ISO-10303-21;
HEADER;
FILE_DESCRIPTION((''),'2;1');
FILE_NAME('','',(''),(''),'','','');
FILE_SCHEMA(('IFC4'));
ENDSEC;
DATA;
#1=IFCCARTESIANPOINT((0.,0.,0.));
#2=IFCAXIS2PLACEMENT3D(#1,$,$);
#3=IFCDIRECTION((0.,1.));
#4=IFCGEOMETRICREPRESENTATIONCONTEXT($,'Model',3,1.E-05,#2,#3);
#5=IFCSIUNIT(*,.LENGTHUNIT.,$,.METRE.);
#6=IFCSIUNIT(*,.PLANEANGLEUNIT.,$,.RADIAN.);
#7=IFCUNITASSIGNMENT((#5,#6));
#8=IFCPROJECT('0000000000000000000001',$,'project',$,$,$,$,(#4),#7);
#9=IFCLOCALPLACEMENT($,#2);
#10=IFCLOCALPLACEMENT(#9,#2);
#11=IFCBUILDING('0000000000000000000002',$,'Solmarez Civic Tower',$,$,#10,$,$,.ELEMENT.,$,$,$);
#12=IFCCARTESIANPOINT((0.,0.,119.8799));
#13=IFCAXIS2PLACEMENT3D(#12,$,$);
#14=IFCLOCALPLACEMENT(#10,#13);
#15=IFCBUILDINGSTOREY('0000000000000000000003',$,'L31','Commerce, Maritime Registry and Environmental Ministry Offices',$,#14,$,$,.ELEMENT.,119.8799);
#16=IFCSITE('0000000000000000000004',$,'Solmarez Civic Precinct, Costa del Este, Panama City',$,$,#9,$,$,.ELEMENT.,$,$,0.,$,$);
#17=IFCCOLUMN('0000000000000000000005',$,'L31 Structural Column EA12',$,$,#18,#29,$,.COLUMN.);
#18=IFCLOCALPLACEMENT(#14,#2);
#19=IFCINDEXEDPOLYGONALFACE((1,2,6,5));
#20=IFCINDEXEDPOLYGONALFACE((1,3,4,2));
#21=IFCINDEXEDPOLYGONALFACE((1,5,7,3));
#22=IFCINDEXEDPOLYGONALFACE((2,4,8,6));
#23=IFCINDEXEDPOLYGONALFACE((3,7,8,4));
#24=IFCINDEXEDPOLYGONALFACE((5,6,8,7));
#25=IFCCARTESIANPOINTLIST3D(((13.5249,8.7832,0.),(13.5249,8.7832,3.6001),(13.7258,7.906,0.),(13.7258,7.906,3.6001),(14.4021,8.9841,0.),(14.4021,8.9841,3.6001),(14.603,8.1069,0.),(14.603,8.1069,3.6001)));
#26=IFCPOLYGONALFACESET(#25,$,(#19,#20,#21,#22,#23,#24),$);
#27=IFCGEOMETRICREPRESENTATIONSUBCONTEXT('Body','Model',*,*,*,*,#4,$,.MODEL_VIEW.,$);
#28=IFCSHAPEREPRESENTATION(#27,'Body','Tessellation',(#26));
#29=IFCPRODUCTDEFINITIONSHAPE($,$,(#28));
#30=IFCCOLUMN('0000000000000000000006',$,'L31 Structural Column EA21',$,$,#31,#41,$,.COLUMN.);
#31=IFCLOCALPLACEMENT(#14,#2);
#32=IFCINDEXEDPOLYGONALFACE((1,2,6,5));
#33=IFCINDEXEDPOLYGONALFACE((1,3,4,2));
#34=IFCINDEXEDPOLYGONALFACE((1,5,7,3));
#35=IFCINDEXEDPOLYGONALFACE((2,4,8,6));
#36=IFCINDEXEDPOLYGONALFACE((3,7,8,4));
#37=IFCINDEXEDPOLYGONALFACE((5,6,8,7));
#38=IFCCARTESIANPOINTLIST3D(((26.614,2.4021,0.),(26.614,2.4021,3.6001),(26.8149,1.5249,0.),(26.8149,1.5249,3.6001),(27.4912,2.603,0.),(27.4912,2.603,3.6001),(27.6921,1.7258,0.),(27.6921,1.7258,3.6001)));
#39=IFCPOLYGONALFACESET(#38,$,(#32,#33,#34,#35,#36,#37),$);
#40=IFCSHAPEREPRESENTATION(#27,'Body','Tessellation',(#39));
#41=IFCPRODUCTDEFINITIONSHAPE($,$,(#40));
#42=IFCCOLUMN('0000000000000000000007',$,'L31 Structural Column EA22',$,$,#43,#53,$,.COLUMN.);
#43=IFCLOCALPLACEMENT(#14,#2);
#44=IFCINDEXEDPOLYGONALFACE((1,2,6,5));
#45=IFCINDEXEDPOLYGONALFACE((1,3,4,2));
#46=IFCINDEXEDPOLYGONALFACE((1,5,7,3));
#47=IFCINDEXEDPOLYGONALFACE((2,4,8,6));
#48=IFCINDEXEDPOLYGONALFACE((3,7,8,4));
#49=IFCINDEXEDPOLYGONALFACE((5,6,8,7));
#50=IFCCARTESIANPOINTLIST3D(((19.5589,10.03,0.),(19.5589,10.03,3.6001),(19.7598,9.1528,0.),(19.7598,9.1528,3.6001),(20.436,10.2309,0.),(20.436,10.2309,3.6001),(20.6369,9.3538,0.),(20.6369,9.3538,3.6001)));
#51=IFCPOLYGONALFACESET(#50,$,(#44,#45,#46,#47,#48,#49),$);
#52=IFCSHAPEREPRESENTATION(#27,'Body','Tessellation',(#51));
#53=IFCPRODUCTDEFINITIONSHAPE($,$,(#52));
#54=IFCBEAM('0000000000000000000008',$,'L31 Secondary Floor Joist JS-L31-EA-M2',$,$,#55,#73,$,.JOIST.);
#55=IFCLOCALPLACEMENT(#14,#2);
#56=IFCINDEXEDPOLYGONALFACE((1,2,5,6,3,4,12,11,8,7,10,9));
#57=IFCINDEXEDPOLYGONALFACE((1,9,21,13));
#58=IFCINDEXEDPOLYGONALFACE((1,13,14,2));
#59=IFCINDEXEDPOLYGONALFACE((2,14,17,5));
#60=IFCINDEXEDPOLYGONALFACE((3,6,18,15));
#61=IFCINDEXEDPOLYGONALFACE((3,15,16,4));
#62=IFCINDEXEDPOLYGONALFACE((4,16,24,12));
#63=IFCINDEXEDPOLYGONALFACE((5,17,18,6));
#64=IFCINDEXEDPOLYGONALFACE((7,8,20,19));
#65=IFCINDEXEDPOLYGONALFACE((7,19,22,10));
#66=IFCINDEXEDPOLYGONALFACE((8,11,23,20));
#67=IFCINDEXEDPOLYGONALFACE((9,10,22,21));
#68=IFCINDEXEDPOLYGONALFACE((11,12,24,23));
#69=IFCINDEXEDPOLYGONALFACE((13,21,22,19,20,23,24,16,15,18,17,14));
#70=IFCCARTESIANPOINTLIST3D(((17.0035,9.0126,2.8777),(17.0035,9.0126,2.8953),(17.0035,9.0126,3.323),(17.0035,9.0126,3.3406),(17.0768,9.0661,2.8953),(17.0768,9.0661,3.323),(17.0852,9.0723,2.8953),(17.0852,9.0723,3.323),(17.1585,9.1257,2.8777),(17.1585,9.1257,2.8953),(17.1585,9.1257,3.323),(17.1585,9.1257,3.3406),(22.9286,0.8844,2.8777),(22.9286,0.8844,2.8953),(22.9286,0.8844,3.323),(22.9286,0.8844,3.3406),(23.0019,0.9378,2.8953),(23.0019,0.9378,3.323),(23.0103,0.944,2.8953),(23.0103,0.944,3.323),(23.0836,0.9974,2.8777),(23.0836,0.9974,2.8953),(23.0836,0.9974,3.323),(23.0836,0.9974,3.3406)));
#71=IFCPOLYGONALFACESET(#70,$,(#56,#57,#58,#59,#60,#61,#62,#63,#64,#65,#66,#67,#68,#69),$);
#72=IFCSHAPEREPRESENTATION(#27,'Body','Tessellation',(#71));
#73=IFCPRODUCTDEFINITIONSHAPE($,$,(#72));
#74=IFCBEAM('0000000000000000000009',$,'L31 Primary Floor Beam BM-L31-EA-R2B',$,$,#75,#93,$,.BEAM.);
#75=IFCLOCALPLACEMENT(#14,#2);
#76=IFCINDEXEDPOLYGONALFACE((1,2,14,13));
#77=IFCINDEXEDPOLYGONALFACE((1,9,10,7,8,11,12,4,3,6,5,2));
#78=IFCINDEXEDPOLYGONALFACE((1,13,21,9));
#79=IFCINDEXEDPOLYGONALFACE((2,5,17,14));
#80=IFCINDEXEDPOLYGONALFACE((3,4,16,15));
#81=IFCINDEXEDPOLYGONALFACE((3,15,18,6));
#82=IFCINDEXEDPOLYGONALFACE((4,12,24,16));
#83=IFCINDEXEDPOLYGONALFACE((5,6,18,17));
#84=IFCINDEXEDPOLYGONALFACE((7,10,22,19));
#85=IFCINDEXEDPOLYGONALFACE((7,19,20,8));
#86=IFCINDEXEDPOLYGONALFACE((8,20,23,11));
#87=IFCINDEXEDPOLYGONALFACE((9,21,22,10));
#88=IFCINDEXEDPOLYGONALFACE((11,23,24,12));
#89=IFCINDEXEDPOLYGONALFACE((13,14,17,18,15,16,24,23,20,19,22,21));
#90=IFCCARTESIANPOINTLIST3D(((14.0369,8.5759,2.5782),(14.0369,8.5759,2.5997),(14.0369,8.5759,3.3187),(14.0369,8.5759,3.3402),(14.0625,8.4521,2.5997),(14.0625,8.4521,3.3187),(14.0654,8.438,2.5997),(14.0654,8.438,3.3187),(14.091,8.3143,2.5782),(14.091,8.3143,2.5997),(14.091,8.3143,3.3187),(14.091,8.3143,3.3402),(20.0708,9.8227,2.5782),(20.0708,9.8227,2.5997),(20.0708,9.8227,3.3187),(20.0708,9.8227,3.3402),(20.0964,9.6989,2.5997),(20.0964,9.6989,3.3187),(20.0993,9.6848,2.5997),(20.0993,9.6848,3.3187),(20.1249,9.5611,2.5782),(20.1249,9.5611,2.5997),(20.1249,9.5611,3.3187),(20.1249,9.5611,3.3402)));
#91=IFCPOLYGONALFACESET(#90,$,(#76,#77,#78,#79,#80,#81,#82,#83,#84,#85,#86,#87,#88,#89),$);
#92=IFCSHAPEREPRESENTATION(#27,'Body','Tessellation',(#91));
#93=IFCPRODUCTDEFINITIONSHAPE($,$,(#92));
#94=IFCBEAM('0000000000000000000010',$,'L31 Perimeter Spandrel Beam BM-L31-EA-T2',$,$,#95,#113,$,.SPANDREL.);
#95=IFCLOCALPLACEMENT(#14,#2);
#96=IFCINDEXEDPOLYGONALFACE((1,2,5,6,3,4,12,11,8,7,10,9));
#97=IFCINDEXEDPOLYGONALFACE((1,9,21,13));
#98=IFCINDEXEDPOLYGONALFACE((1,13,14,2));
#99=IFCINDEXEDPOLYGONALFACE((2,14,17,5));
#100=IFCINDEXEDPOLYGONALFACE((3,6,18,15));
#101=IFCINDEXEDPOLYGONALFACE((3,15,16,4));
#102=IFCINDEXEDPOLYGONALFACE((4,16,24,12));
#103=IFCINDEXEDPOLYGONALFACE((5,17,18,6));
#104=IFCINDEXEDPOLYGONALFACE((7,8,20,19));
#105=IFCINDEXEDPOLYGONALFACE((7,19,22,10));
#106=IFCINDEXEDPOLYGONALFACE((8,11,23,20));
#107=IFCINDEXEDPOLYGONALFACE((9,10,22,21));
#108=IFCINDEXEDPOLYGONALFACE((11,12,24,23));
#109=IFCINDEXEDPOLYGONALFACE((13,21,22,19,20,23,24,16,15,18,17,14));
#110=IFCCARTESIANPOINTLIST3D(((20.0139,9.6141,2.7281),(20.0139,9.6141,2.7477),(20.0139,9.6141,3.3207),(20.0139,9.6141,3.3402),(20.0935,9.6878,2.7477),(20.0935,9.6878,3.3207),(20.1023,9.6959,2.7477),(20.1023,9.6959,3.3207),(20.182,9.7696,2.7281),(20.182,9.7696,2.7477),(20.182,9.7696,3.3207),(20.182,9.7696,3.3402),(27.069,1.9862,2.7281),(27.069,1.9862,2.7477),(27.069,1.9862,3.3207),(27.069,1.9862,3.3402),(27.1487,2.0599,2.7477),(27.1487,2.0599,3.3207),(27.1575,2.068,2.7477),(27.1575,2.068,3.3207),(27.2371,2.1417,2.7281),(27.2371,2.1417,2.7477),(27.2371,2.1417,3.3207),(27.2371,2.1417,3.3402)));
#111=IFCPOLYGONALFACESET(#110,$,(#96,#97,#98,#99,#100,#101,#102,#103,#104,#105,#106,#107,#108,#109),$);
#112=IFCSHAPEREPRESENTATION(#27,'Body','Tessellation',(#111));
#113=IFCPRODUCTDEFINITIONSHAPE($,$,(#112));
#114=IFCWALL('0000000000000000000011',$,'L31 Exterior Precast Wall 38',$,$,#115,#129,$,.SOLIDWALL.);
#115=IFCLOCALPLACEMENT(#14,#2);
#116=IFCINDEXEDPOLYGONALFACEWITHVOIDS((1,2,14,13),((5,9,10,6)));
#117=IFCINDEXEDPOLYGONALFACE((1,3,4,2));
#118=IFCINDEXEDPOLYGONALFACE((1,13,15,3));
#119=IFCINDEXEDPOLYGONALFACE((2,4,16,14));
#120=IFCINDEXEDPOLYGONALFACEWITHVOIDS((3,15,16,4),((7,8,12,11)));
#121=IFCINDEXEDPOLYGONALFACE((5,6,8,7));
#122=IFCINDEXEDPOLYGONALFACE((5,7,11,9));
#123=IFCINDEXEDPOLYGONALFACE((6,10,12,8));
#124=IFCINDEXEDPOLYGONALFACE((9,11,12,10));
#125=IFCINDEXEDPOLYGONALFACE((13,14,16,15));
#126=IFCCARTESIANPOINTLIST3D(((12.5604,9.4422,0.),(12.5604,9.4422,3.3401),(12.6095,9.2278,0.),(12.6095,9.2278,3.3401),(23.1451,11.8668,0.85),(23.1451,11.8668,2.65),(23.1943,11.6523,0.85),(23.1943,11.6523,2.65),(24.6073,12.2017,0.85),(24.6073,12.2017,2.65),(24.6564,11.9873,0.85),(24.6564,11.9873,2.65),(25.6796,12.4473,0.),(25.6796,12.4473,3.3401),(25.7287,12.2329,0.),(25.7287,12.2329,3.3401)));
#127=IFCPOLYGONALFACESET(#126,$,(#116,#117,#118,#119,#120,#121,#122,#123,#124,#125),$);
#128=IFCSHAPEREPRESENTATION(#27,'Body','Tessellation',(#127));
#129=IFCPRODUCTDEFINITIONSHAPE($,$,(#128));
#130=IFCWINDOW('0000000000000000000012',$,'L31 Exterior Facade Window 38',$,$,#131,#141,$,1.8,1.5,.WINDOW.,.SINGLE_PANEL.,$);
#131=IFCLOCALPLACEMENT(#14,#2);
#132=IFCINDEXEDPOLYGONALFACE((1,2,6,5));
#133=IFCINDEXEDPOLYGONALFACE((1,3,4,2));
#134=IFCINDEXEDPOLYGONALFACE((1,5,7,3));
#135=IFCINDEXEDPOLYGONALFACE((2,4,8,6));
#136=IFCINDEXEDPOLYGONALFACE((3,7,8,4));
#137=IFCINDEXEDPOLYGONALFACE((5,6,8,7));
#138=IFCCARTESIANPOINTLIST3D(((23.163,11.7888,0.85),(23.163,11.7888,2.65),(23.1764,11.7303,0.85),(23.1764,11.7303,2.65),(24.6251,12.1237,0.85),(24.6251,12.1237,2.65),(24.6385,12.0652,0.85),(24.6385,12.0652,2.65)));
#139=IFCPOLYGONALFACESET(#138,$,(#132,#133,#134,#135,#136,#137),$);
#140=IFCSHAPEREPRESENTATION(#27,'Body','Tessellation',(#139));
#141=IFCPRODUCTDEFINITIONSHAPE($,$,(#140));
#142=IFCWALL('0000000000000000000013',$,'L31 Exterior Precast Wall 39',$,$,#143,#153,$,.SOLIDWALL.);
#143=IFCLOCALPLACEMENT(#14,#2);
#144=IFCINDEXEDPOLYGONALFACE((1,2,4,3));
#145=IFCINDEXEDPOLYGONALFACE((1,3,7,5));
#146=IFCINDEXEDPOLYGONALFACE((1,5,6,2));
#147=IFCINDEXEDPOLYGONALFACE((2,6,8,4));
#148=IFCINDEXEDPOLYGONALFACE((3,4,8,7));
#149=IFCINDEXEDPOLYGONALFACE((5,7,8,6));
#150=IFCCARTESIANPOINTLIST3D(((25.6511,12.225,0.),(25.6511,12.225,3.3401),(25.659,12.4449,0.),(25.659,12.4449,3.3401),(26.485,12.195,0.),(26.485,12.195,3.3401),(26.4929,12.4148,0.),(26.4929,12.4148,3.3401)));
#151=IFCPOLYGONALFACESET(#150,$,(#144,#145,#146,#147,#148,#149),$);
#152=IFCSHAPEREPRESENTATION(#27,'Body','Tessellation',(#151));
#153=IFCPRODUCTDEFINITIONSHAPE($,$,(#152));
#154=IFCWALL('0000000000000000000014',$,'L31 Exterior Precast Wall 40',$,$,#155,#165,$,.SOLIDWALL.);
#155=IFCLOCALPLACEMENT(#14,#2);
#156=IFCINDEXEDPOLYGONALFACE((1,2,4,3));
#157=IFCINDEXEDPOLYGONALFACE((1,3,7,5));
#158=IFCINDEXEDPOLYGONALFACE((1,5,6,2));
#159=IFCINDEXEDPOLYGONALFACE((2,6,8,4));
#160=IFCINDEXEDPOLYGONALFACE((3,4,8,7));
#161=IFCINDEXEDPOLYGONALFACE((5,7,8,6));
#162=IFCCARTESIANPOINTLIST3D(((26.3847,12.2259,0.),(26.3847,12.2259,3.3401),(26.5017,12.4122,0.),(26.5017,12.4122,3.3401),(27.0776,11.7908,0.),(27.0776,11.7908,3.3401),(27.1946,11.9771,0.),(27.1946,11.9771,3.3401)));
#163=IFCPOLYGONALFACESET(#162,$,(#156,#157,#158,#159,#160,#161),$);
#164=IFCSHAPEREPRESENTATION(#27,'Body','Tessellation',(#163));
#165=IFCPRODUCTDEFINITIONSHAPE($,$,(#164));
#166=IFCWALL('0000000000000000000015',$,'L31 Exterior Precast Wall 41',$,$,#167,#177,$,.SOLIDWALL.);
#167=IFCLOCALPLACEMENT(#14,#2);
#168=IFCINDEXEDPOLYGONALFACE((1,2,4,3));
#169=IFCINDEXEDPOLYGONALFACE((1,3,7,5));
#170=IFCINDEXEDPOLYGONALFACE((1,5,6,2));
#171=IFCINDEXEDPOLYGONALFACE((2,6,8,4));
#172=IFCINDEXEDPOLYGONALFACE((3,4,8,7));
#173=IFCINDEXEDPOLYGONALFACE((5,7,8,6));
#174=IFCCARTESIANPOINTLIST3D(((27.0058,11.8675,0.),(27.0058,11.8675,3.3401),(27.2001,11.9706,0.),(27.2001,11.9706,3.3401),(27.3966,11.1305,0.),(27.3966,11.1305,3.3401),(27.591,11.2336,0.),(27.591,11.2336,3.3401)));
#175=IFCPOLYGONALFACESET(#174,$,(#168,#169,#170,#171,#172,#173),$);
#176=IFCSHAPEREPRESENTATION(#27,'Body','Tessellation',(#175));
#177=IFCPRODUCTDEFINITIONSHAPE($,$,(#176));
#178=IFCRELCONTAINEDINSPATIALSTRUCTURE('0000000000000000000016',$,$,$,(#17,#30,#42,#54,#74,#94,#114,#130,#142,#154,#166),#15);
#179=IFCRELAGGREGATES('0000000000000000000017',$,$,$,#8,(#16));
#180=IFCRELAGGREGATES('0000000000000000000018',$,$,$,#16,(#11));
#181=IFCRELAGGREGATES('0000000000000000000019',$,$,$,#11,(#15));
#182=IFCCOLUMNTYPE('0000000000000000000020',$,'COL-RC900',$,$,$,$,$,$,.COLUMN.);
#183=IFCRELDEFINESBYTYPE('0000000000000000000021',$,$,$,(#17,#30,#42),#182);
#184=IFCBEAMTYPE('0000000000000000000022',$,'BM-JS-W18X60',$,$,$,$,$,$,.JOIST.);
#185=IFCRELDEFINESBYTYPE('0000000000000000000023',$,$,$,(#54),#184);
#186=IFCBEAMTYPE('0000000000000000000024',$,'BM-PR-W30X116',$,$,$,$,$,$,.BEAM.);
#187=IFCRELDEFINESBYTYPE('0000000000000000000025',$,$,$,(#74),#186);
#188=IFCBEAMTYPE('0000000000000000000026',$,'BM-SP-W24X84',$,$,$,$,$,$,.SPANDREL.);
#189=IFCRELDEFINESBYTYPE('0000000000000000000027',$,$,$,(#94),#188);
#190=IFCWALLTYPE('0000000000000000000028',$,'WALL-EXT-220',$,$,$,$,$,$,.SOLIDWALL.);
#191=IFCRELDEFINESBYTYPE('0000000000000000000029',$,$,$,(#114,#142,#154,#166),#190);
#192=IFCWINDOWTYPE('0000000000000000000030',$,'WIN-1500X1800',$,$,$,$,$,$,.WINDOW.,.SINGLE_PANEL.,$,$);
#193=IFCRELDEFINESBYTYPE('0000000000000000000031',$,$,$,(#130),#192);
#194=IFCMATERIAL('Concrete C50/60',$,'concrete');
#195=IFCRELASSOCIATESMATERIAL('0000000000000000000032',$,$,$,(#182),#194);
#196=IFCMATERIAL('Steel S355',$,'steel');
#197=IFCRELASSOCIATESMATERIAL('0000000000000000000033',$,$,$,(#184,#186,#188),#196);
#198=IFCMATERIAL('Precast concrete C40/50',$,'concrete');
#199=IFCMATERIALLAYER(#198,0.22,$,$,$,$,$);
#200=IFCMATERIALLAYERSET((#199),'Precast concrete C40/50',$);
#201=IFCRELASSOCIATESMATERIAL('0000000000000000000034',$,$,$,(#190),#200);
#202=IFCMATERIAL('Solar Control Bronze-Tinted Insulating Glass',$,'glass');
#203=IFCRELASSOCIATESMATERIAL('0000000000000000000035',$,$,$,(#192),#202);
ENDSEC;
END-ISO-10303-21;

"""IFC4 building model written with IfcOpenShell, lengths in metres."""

from ifc_helpers import new_model, si_unit, direction, frame, frame_2d, origin, origin_2d, place, context, subcontext, project, spatial, rectangle, i_section, extrude, material, layer, layer_set, material_profile, profile_set, type_object, element, fill, save


model = new_model("IFC4")

# Units and contexts
model_context = context("Model", 3, precision=1e-05, world=origin(), true_north=direction((0.0, 1.0)))
body_context = subcontext(model_context, "Body", "Model", "MODEL_VIEW")
ifc_project = project(units=[si_unit("LENGTHUNIT", "METRE"), si_unit("PLANEANGLEUNIT", "RADIAN")], contexts=[model_context])

# Site, building, storey
site_placement = place(None, origin())
site = spatial("IfcSite", under=ifc_project, at=site_placement, Name="Solmarez Civic Precinct, Costa del Este, Panama City", CompositionType="ELEMENT", RefElevation=0.0)
building_placement = place(site_placement, origin())
building = spatial("IfcBuilding", under=site, at=building_placement, Name="Solmarez Civic Tower", CompositionType="ELEMENT")
storey_placement = place(building_placement, frame((0.0, 0.0, 119.8799)))
storey = spatial("IfcBuildingStorey", under=building, at=storey_placement, Name="L31", Description="Commerce, Maritime Registry and Environmental Ministry Offices", CompositionType="ELEMENT", Elevation=119.8799)

# Columns
ifc_material_1 = material(Name="Concrete C50/60", Category="concrete")
ifc_material_profile_1 = material_profile(ifc_material_1, rectangle(XDim=0.8999, YDim=0.8999, at=origin_2d()), Name="RC900X900")
ifc_profile_set_1 = profile_set([ifc_material_profile_1], Name="Concrete C50/60")
column_type = type_object("IfcColumnType", Name="COL-RC900", PredefinedType="COLUMN", material=ifc_profile_set_1)
for number, where, z_axis, x_axis, name in (
    (1, (14.064, 8.4451, 0.0), (0.0, 0.0, 1.0), (0.974761, 0.22325, 0.0), "L31 Structural Column EA12"),
    (2, (27.1531, 2.064, 0.0), (0.0, 0.0, 1.0), (0.974761, 0.22325, 0.0), "L31 Structural Column EA21"),
    (3, (20.0979, 9.6919, 0.0), (0.0, 0.0, 1.0), (0.974761, 0.22325, 0.0), "L31 Structural Column EA22"),
):
    element("IfcColumn", number, at=place(storey_placement, frame(where, z_axis=z_axis, x_axis=x_axis)), inside=storey, type_object=column_type, Name=name, PredefinedType="COLUMN", context=body_context, shape_type="SweptSolid", body=[
        extrude(rectangle(XDim=0.8999, YDim=0.8999, at=origin_2d()), origin(), (0.0, 0.0, 1.0), 3.6001),
    ])

# Beams
ifc_material_2 = material(Name="Steel S355", Category="steel")
ifc_material_profile_2 = material_profile(ifc_material_2, i_section(OverallWidth=0.1919, OverallDepth=0.4629, WebThickness=0.0105, FlangeThickness=0.0176, at=origin_2d()), Name="W18X60")
ifc_profile_set_2 = profile_set([ifc_material_profile_2], Name="Steel S355")
beam_type_1 = type_object("IfcBeamType", Name="BM-JS-W18X60", PredefinedType="JOIST", material=ifc_profile_set_2)
beam_1_placement = place(storey_placement, frame((23.0061, 0.9409, 3.1091), z_axis=(-0.589059, 0.80809, 0.0), x_axis=(-0.80809, -0.589059, 0.0)))
element("IfcBeam", 4, at=beam_1_placement, inside=storey, type_object=beam_type_1, Name="L31 Secondary Floor Joist JS-L31-EA-M2", PredefinedType="JOIST", context=body_context, shape_type="SweptSolid", body=[
    extrude(i_section(OverallWidth=0.1919, OverallDepth=0.4629, WebThickness=0.0105, FlangeThickness=0.0176, at=origin_2d()), origin(), (0.0, 0.0, 1.0), 10.0586),
])
ifc_material_profile_3 = material_profile(ifc_material_2, i_section(OverallWidth=0.2671, OverallDepth=0.762, WebThickness=0.0144, FlangeThickness=0.0215, at=origin_2d()), Name="W30X116")
ifc_profile_set_3 = profile_set([ifc_material_profile_3], Name="Steel S355")
beam_type_2 = type_object("IfcBeamType", Name="BM-PR-W30X116", PredefinedType="BEAM", material=ifc_profile_set_3)
beam_2_placement = place(storey_placement, frame((14.064, 8.4451, 2.9592), z_axis=(0.979311, 0.202361, 0.0), x_axis=(-0.202361, 0.979311, 0.0)))
element("IfcBeam", 5, at=beam_2_placement, inside=storey, type_object=beam_type_2, Name="L31 Primary Floor Beam BM-L31-EA-R2B", PredefinedType="BEAM", context=body_context, shape_type="SweptSolid", body=[
    extrude(i_section(OverallWidth=0.2671, OverallDepth=0.762, WebThickness=0.0144, FlangeThickness=0.0215, at=origin_2d()), origin(), (0.0, 0.0, 1.0), 6.1614),
])
ifc_material_profile_4 = material_profile(ifc_material_2, i_section(OverallWidth=0.229, OverallDepth=0.6121, WebThickness=0.012, FlangeThickness=0.0195, at=origin_2d()), Name="W24X84")
ifc_profile_set_4 = profile_set([ifc_material_profile_4], Name="Steel S355")
beam_type_3 = type_object("IfcBeamType", Name="BM-SP-W24X84", PredefinedType="SPANDREL", material=ifc_profile_set_4)
beam_3_placement = place(storey_placement, frame((27.1531, 2.064, 3.0342), z_axis=(-0.679008, 0.734131, 0.0), x_axis=(-0.734131, -0.679008, 0.0)))
element("IfcBeam", 6, at=beam_3_placement, inside=storey, type_object=beam_type_3, Name="L31 Perimeter Spandrel Beam BM-L31-EA-T2", PredefinedType="SPANDREL", context=body_context, shape_type="SweptSolid", body=[
    extrude(i_section(OverallWidth=0.229, OverallDepth=0.6121, WebThickness=0.012, FlangeThickness=0.0195, at=origin_2d()), origin(), (0.0, 0.0, 1.0), 10.3904),
])

# Wall, opening, window
ifc_material_3 = material(Name="Precast concrete C40/50", Category="concrete")
ifc_layer_1 = layer(ifc_material_3, 0.22)
ifc_layer_set_1 = layer_set([ifc_layer_1], Name="Precast concrete C40/50")
wall_type_1 = type_object("IfcWallType", Name="WALL-EXT-220", PredefinedType="SOLIDWALL", material=ifc_layer_set_1)
wall_1_placement = place(storey_placement, frame((12.585, 9.335, 0.0), z_axis=(0.0, 0.0, 1.0), x_axis=(0.974754, 0.223281, 0.0)))
wall_1 = element("IfcWall", 7, at=wall_1_placement, inside=storey, type_object=wall_type_1, Name="L31 Exterior Precast Wall 38", PredefinedType="SOLIDWALL", context=body_context, shape_type="SweptSolid", body=[
    extrude(rectangle(XDim=13.459, YDim=0.22, at=frame_2d((6.7295, 0.0))), origin(), (0.0, 0.0, 1.0), 3.3401),
])
opening_1_placement = place(wall_1_placement, frame((10.8589, 0.0, 0.8501)))
opening_1 = element("IfcOpeningElement", 8, at=opening_1_placement, cuts=wall_1, PredefinedType="OPENING", context=body_context, shape_type="SweptSolid", body=[
    extrude(rectangle(XDim=1.5, YDim=1.8, at=frame_2d((0.75, 0.8999))), frame((0.0, 0.1199, 0.0), z_axis=(0.0, -1.0, 0.0), x_axis=(1.0, 0.0, 0.0)), (0.0, 0.0, 1.0), 0.24),
])
ifc_material_4 = material(Name="Solar Control Bronze-Tinted Insulating Glass", Category="glass")
window_type_1 = type_object("IfcWindowType", Name="WIN-1500X1800", PartitioningType="SINGLE_PANEL", PredefinedType="WINDOW", material=ifc_material_4)
window_1_placement = place(opening_1_placement, origin())
window_1 = element("IfcWindow", 9, at=window_1_placement, inside=storey, type_object=window_type_1, Name="L31 Exterior Facade Window 38", OverallHeight=1.8, OverallWidth=1.5, PartitioningType="SINGLE_PANEL", PredefinedType="WINDOW", context=body_context, shape_type="SweptSolid", body=[
    extrude(rectangle(XDim=1.5, YDim=1.8, at=frame_2d((0.75, 0.8999))), frame((0.0, 0.03, 0.0), z_axis=(0.0, -1.0, 0.0), x_axis=(1.0, 0.0, 0.0)), (0.0, 0.0, 1.0), 0.0601),
])
fill(opening_1, window_1)

# Walls
wall_2_placement = place(storey_placement, frame((25.655, 12.335, 0.0), z_axis=(0.0, 0.0, 1.0), x_axis=(0.999352, -0.035984, 0.0)))
element("IfcWall", 10, at=wall_2_placement, inside=storey, type_object=wall_type_1, Name="L31 Exterior Precast Wall 39", PredefinedType="SOLIDWALL", context=body_context, shape_type="SweptSolid", body=[
    extrude(rectangle(XDim=0.8345, YDim=0.22, at=frame_2d((0.4172, 0.0))), origin(), (0.0, 0.0, 1.0), 3.3401),
])
wall_3_placement = place(storey_placement, frame((26.4431, 12.3191, 0.0), z_axis=(0.0, 0.0, 1.0), x_axis=(0.84689, -0.531768, 0.0)))
element("IfcWall", 11, at=wall_3_placement, inside=storey, type_object=wall_type_1, Name="L31 Exterior Precast Wall 40", PredefinedType="SOLIDWALL", context=body_context, shape_type="SweptSolid", body=[
    extrude(rectangle(XDim=0.8181, YDim=0.22, at=frame_2d((0.4092, 0.0))), origin(), (0.0, 0.0, 1.0), 3.3401),
])
wall_4_placement = place(storey_placement, frame((27.103, 11.9189, 0.0), z_axis=(0.0, 0.0, 1.0), x_axis=(0.468506, -0.88346, 0.0)))
element("IfcWall", 12, at=wall_4_placement, inside=storey, type_object=wall_type_1, Name="L31 Exterior Precast Wall 41", PredefinedType="SOLIDWALL", context=body_context, shape_type="SweptSolid", body=[
    extrude(rectangle(XDim=0.8342, YDim=0.22, at=frame_2d((0.417, 0.0))), origin(), (0.0, 0.0, 1.0), 3.3401),
])

save(model, "model.ifc")
